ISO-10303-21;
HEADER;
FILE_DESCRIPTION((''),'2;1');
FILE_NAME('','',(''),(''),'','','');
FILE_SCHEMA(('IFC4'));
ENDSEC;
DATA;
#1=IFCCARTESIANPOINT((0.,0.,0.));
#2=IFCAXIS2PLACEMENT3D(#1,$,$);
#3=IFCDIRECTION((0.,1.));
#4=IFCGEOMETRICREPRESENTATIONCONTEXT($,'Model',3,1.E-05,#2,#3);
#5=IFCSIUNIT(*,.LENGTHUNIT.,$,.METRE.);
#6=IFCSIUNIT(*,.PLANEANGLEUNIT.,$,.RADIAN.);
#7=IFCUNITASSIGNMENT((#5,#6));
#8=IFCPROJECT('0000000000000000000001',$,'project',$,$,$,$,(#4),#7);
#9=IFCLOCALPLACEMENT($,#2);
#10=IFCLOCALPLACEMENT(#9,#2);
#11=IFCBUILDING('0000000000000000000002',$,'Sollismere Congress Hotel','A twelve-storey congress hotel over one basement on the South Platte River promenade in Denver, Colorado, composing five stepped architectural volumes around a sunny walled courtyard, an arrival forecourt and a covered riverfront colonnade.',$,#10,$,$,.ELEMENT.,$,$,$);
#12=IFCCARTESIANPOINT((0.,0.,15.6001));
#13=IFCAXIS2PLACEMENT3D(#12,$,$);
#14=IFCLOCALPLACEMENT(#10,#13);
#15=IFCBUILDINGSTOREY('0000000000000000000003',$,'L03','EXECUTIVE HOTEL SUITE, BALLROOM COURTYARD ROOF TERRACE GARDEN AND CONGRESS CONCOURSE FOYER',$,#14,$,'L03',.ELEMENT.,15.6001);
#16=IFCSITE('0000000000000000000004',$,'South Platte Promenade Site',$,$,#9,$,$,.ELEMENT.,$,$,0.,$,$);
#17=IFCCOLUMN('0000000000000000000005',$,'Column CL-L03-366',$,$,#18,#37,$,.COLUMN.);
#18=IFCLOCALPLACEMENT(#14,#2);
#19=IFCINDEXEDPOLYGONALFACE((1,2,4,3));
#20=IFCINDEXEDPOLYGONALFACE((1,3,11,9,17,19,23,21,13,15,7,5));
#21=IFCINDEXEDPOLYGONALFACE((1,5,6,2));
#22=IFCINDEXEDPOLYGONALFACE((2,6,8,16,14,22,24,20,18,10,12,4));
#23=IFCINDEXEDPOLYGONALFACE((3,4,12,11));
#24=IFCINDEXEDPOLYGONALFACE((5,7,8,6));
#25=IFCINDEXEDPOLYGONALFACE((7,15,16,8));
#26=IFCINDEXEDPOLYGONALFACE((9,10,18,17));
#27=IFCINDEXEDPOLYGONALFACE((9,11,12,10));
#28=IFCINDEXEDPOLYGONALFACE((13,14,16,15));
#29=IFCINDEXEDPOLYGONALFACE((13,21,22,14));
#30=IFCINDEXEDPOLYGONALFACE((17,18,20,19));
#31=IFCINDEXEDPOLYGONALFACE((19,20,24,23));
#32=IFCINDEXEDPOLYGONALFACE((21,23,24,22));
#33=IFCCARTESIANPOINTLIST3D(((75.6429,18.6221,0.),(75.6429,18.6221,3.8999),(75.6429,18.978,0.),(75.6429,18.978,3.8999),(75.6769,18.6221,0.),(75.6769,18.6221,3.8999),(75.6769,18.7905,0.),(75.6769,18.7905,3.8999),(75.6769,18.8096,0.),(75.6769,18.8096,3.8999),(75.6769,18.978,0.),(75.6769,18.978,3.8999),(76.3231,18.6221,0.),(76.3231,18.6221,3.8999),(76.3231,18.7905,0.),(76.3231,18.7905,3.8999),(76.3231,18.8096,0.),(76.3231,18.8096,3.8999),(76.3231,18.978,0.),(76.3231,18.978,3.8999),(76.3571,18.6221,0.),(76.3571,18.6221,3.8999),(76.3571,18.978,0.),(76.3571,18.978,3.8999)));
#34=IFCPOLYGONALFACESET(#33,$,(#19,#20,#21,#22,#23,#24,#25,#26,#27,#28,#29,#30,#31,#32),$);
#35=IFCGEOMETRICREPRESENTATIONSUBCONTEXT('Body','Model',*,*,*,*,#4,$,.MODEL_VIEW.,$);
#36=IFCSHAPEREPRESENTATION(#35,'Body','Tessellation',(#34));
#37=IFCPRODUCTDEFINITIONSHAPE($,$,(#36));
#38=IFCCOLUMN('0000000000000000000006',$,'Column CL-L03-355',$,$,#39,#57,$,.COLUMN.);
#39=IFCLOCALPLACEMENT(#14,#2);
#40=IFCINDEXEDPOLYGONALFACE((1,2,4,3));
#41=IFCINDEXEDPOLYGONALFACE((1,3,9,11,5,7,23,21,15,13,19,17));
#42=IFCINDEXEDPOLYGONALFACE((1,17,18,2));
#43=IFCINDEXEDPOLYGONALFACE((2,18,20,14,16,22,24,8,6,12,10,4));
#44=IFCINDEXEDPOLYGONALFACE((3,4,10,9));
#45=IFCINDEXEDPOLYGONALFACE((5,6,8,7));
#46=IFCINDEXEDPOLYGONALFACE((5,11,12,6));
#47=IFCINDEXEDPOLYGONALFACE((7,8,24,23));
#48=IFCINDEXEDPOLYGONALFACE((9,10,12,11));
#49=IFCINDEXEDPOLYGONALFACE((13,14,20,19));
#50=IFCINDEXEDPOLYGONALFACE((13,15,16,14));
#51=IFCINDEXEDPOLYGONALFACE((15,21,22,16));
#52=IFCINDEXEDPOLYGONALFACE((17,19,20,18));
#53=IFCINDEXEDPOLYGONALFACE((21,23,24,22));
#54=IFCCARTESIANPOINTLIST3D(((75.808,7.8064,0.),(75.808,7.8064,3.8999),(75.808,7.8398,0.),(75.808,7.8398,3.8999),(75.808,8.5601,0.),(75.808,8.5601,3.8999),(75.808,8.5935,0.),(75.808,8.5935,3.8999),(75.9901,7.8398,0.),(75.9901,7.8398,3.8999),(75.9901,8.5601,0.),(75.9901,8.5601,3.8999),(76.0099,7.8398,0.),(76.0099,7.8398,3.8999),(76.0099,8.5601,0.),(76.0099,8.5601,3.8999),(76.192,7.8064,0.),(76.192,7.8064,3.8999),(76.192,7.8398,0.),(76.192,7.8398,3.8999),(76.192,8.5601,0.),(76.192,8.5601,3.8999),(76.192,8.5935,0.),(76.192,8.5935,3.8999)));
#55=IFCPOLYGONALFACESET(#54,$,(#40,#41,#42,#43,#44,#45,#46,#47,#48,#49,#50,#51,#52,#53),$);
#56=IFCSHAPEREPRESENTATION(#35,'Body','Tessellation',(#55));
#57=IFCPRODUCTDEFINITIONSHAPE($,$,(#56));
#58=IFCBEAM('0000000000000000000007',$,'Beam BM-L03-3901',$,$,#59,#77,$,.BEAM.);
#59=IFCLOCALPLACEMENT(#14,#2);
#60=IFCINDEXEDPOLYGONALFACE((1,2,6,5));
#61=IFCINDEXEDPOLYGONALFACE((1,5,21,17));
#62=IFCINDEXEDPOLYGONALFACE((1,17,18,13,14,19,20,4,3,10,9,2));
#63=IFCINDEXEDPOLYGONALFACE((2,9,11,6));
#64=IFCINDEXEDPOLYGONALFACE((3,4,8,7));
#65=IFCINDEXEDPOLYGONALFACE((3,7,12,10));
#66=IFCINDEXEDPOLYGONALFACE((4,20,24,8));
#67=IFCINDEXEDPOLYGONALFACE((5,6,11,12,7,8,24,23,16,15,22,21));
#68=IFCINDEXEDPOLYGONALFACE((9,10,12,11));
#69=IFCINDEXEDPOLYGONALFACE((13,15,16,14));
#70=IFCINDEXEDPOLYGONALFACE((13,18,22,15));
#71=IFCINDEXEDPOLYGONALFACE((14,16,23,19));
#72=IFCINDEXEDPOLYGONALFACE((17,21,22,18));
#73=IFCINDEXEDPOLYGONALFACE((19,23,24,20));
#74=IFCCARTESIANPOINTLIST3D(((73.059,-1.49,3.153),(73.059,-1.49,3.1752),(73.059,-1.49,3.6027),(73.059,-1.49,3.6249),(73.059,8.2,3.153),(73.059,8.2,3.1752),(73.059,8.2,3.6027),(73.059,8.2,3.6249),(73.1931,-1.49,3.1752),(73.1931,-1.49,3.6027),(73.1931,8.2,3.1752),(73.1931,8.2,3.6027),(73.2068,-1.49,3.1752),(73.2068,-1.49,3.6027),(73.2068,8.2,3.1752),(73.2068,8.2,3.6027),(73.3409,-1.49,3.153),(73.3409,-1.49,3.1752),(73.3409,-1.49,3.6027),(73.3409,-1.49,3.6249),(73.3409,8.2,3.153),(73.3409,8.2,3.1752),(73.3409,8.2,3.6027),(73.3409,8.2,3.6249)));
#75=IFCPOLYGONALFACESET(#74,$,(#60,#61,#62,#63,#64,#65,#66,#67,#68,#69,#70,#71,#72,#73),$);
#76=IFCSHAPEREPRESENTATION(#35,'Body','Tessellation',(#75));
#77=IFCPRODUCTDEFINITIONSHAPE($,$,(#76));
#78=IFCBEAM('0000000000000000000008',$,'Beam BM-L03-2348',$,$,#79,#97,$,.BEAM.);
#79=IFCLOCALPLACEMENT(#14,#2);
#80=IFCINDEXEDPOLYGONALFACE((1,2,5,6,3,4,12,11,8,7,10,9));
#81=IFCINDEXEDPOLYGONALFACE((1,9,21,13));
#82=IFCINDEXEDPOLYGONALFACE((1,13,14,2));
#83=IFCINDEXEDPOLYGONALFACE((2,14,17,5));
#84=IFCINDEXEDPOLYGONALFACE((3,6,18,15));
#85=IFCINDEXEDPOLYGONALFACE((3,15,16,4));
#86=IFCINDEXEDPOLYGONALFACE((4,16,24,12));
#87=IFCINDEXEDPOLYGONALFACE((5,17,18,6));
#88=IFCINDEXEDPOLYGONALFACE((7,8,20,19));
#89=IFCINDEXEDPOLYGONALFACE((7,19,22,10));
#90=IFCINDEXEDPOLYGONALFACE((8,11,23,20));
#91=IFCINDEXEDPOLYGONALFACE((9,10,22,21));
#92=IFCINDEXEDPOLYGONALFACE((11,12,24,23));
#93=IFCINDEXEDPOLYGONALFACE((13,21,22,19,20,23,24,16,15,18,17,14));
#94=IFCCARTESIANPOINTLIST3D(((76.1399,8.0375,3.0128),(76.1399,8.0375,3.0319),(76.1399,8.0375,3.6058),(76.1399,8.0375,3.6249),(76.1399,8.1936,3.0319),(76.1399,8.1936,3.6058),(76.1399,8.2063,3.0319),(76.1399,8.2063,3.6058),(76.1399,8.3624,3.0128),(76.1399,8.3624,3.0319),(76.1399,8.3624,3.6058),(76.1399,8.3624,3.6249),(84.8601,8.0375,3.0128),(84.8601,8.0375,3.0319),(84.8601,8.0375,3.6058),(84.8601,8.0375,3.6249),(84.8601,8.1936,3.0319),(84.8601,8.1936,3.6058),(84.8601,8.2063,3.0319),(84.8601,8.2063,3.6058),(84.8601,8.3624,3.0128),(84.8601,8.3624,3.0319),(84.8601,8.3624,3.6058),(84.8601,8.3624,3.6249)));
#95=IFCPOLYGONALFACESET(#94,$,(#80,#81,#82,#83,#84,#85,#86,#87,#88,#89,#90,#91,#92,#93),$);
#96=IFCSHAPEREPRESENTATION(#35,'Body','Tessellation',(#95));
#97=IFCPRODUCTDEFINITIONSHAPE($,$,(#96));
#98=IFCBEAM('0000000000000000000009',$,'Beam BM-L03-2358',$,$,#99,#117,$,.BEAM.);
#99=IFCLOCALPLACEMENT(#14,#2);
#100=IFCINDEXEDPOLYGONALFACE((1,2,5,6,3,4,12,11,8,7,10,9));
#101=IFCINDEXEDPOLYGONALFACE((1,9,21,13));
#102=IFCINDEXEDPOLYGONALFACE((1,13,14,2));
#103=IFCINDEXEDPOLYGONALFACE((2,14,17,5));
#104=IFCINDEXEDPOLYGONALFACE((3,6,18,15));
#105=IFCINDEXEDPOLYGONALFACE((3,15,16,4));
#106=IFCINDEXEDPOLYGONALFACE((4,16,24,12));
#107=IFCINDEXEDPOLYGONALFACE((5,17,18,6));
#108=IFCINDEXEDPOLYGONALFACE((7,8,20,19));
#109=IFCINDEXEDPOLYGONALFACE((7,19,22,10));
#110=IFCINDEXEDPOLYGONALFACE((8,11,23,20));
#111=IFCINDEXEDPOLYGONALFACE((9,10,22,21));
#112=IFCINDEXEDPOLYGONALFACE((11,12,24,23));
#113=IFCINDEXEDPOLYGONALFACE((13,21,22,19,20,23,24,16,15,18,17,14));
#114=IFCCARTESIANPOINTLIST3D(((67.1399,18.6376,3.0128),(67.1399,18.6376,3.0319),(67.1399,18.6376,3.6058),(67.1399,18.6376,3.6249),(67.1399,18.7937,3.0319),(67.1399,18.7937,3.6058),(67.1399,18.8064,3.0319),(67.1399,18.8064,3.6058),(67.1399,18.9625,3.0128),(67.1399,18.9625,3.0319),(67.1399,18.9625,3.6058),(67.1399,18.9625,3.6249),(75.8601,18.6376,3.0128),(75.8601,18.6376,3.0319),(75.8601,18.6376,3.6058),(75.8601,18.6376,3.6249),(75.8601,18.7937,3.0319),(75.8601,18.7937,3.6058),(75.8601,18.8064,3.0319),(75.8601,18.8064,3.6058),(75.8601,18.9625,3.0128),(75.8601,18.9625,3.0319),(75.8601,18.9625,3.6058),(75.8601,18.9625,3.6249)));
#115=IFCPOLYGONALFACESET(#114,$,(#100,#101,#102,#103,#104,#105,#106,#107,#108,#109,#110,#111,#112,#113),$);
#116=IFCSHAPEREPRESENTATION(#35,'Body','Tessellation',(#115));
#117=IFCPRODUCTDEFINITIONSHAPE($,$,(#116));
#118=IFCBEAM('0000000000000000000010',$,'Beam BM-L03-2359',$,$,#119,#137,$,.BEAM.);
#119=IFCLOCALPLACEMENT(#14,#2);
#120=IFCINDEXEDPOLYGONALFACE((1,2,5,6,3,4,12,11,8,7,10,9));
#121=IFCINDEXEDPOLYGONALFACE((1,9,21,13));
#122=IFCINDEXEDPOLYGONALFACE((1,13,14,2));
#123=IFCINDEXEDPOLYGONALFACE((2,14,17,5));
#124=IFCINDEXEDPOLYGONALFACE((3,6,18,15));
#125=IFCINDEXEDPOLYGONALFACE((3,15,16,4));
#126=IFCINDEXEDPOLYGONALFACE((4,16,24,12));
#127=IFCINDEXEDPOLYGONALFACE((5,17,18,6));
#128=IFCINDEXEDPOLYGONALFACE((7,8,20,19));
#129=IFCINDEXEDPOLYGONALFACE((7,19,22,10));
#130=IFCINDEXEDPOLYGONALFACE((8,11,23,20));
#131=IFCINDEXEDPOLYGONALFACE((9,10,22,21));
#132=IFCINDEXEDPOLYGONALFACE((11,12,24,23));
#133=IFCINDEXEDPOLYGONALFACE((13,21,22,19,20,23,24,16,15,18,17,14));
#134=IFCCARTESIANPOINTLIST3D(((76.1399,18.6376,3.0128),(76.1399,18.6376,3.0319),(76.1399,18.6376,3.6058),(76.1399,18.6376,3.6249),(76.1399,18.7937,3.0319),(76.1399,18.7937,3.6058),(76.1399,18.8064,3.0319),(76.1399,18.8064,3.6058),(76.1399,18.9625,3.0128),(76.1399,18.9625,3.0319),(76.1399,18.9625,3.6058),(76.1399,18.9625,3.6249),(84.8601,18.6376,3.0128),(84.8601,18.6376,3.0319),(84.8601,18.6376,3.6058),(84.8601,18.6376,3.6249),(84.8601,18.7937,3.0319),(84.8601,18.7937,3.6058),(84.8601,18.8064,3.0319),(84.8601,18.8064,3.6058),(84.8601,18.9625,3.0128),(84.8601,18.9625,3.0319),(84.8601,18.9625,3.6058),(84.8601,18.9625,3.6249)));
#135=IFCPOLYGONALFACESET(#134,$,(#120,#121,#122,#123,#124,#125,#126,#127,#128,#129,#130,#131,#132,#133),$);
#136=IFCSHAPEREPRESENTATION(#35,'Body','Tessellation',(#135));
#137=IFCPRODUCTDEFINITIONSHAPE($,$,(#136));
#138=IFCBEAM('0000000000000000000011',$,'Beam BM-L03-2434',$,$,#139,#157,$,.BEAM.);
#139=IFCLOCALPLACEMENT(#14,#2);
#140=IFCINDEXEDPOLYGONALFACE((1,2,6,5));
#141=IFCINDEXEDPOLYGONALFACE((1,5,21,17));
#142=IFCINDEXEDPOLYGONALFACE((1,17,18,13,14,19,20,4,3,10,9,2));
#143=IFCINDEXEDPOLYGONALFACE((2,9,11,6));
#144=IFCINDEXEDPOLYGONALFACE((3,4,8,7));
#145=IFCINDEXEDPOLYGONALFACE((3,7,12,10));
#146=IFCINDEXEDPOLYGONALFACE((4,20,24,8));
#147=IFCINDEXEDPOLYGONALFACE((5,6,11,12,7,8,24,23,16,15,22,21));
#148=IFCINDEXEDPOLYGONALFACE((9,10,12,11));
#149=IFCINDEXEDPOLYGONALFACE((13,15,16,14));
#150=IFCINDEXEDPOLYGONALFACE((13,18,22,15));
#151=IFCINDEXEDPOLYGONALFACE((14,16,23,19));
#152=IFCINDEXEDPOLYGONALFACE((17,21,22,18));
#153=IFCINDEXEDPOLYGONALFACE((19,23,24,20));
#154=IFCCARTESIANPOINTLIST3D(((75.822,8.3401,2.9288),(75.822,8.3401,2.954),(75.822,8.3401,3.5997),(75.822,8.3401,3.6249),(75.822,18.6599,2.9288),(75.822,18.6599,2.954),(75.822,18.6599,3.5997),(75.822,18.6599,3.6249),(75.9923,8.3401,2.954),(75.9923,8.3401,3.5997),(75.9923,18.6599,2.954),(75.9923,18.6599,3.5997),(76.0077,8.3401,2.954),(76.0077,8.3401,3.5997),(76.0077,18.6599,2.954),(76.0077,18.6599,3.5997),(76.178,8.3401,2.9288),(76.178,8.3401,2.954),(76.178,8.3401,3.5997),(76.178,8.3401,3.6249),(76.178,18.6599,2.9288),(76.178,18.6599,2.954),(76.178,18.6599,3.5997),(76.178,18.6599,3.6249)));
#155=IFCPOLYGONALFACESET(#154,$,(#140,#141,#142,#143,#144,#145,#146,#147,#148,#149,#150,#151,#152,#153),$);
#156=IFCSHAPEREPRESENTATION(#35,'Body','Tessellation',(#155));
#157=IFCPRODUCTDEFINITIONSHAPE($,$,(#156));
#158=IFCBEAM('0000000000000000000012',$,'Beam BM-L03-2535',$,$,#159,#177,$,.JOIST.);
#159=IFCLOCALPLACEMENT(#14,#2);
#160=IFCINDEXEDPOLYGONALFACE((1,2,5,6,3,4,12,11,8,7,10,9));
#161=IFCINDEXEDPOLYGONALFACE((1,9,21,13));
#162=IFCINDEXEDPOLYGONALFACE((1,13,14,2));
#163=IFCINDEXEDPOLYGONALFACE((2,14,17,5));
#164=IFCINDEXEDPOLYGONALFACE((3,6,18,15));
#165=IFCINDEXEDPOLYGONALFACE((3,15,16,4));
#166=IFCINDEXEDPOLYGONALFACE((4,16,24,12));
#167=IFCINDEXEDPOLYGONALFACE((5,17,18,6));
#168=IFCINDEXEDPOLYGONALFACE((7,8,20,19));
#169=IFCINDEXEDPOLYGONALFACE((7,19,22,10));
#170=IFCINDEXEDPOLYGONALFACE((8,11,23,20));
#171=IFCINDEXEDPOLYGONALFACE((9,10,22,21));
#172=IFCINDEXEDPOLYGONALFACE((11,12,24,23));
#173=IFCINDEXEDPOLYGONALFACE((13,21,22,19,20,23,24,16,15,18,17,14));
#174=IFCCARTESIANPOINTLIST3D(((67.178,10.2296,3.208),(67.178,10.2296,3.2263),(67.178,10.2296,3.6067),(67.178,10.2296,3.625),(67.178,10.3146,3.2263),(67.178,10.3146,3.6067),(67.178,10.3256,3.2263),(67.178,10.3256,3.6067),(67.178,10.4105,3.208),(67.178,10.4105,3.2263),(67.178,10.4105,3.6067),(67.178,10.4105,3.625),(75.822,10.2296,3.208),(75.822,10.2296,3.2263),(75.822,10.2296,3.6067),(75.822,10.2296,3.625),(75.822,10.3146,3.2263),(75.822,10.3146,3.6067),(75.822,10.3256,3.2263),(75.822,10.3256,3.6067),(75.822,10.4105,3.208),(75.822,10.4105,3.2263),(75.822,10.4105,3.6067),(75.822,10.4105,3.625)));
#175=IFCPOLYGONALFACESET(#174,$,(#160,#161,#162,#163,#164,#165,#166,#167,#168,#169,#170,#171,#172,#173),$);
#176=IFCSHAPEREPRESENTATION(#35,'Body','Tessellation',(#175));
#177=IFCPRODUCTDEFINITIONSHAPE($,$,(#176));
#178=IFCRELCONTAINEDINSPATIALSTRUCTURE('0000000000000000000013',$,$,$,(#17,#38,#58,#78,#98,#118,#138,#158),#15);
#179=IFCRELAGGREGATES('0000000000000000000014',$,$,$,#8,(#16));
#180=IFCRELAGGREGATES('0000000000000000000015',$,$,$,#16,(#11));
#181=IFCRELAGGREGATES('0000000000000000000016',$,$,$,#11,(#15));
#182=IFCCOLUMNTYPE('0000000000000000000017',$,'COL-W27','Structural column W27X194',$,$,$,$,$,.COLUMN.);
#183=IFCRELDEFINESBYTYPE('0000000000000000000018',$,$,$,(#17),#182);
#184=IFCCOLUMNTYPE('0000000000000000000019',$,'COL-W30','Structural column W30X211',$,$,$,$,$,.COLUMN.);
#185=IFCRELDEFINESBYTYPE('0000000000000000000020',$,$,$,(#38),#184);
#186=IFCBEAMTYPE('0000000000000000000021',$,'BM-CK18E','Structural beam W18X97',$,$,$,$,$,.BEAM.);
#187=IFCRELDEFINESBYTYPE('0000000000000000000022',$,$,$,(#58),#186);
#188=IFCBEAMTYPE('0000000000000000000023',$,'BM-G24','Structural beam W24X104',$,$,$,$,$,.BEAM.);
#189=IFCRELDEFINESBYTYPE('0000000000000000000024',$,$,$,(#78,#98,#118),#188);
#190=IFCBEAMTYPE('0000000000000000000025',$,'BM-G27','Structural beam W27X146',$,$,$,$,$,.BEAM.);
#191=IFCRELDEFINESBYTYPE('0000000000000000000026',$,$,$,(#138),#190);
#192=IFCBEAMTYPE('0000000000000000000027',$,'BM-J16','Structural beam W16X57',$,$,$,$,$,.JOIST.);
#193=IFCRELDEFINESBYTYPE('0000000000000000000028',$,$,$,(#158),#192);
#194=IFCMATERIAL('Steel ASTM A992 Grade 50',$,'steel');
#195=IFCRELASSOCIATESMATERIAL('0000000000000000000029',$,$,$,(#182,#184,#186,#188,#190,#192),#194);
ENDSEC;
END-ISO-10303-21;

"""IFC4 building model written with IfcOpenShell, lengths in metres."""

from ifc_helpers import new_model, si_unit, direction, frame, origin, origin_2d, place, context, subcontext, project, spatial, i_section, extrude, material, material_profile, profile_set, type_object, element, save


model = new_model("IFC4")

# Units and contexts
model_context = context("Model", 3, precision=1e-05, world=origin(), true_north=direction((0.0, 1.0)))
body_context = subcontext(model_context, "Body", "Model", "MODEL_VIEW")
ifc_project = project(units=[si_unit("LENGTHUNIT", "METRE"), si_unit("PLANEANGLEUNIT", "RADIAN")], contexts=[model_context])

# Site, building, storey
site_placement = place(None, origin())
site = spatial("IfcSite", under=ifc_project, at=site_placement, Name="South Platte Promenade Site", CompositionType="ELEMENT", RefElevation=0.0)
building_placement = place(site_placement, origin())
building = spatial("IfcBuilding", under=site, at=building_placement, Name="Sollismere Congress Hotel", Description="A twelve-storey congress hotel over one basement on the South Platte River promenade in Denver, Colorado, composing five stepped architectural volumes around a sunny walled courtyard, an arrival forecourt and a covered riverfront colonnade.", CompositionType="ELEMENT")
storey_placement = place(building_placement, frame((0.0, 0.0, 15.6001)))
storey = spatial("IfcBuildingStorey", under=building, at=storey_placement, Name="L03", Description="EXECUTIVE HOTEL SUITE, BALLROOM COURTYARD ROOF TERRACE GARDEN AND CONGRESS CONCOURSE FOYER", LongName="L03", CompositionType="ELEMENT", Elevation=15.6001)

# Columns
ifc_material_1 = material(Name="Steel ASTM A992 Grade 50", Category="steel")
ifc_material_profile_1 = material_profile(ifc_material_1, i_section(OverallWidth=0.356, OverallDepth=0.7141, WebThickness=0.019, FlangeThickness=0.0339, at=origin_2d()), Name="W27X194")
ifc_profile_set_1 = profile_set([ifc_material_profile_1], Name="Steel ASTM A992 Grade 50")
column_type_1 = type_object("IfcColumnType", Name="COL-W27", Description="Structural column W27X194", PredefinedType="COLUMN", material=ifc_profile_set_1)
column_1_placement = place(storey_placement, frame((76.0, 18.8, 0.0), z_axis=(0.0, 0.0, 1.0), x_axis=(0.0, 1.0, 0.0)))
element("IfcColumn", 1, at=column_1_placement, inside=storey, type_object=column_type_1, Name="Column CL-L03-366", PredefinedType="COLUMN", context=body_context, shape_type="SweptSolid", body=[
    extrude(i_section(OverallWidth=0.356, OverallDepth=0.7141, WebThickness=0.019, FlangeThickness=0.0339, at=origin_2d()), origin(), (0.0, 0.0, 1.0), 3.8999),
])
ifc_material_profile_2 = material_profile(ifc_material_1, i_section(OverallWidth=0.384, OverallDepth=0.7871, WebThickness=0.0198, FlangeThickness=0.0334, at=origin_2d()), Name="W30X211")
ifc_profile_set_2 = profile_set([ifc_material_profile_2], Name="Steel ASTM A992 Grade 50")
column_type_2 = type_object("IfcColumnType", Name="COL-W30", Description="Structural column W30X211", PredefinedType="COLUMN", material=ifc_profile_set_2)
column_2_placement = place(storey_placement, frame((76.0, 8.2, 0.0), z_axis=(0.0, 0.0, 1.0), x_axis=(1.0, 0.0, 0.0)))
element("IfcColumn", 2, at=column_2_placement, inside=storey, type_object=column_type_2, Name="Column CL-L03-355", PredefinedType="COLUMN", context=body_context, shape_type="SweptSolid", body=[
    extrude(i_section(OverallWidth=0.384, OverallDepth=0.7871, WebThickness=0.0198, FlangeThickness=0.0334, at=origin_2d()), origin(), (0.0, 0.0, 1.0), 3.8999),
])

# Beams
ifc_material_profile_3 = material_profile(ifc_material_1, i_section(OverallWidth=0.282, OverallDepth=0.4719, WebThickness=0.0137, FlangeThickness=0.0222, at=origin_2d()), Name="W18X97")
ifc_profile_set_3 = profile_set([ifc_material_profile_3], Name="Steel ASTM A992 Grade 50")
beam_type_1 = type_object("IfcBeamType", Name="BM-CK18E", Description="Structural beam W18X97", PredefinedType="BEAM", material=ifc_profile_set_3)
beam_1_placement = place(storey_placement, frame((73.2, 8.2, 3.3889), z_axis=(0.0, -1.0, 0.0), x_axis=(1.0, 0.0, 0.0)))
element("IfcBeam", 3, at=beam_1_placement, inside=storey, type_object=beam_type_1, Name="Beam BM-L03-3901", PredefinedType="BEAM", context=body_context, shape_type="SweptSolid", body=[
    extrude(i_section(OverallWidth=0.282, OverallDepth=0.4719, WebThickness=0.0137, FlangeThickness=0.0222, at=origin_2d()), origin(), (0.0, 0.0, 1.0), 9.6899),
])
ifc_material_profile_4 = material_profile(ifc_material_1, i_section(OverallWidth=0.325, OverallDepth=0.6121, WebThickness=0.0127, FlangeThickness=0.019, at=origin_2d()), Name="W24X104")
ifc_profile_set_4 = profile_set([ifc_material_profile_4], Name="Steel ASTM A992 Grade 50")
beam_type_2 = type_object("IfcBeamType", Name="BM-G24", Description="Structural beam W24X104", PredefinedType="BEAM", material=ifc_profile_set_4)
for number, where, z_axis, x_axis, name in (
    (4, (76.1399, 8.2, 3.3188), (1.0, 0.0, 0.0), (0.0, 1.0, 0.0), "Beam BM-L03-2348"),
    (5, (67.1399, 18.8, 3.3188), (1.0, 0.0, 0.0), (0.0, 1.0, 0.0), "Beam BM-L03-2358"),
    (6, (76.1399, 18.8, 3.3188), (1.0, 0.0, 0.0), (0.0, 1.0, 0.0), "Beam BM-L03-2359"),
):
    element("IfcBeam", number, at=place(storey_placement, frame(where, z_axis=z_axis, x_axis=x_axis)), inside=storey, type_object=beam_type_2, Name=name, PredefinedType="BEAM", context=body_context, shape_type="SweptSolid", body=[
        extrude(i_section(OverallWidth=0.325, OverallDepth=0.6121, WebThickness=0.0127, FlangeThickness=0.019, at=origin_2d()), origin(), (0.0, 0.0, 1.0), 8.7202),
    ])
ifc_material_profile_5 = material_profile(ifc_material_1, i_section(OverallWidth=0.356, OverallDepth=0.696, WebThickness=0.0154, FlangeThickness=0.0251, at=origin_2d()), Name="W27X146")
ifc_profile_set_5 = profile_set([ifc_material_profile_5], Name="Steel ASTM A992 Grade 50")
beam_type_3 = type_object("IfcBeamType", Name="BM-G27", Description="Structural beam W27X146", PredefinedType="BEAM", material=ifc_profile_set_5)
beam_2_placement = place(storey_placement, frame((76.0, 8.3401, 3.2769), z_axis=(0.0, 1.0, 0.0), x_axis=(-1.0, 0.0, 0.0)))
element("IfcBeam", 7, at=beam_2_placement, inside=storey, type_object=beam_type_3, Name="Beam BM-L03-2434", PredefinedType="BEAM", context=body_context, shape_type="SweptSolid", body=[
    extrude(i_section(OverallWidth=0.356, OverallDepth=0.696, WebThickness=0.0154, FlangeThickness=0.0251, at=origin_2d()), origin(), (0.0, 0.0, 1.0), 10.3198),
])
ifc_material_profile_6 = material_profile(ifc_material_1, i_section(OverallWidth=0.1809, OverallDepth=0.417, WebThickness=0.011, FlangeThickness=0.0183, at=origin_2d()), Name="W16X57")
ifc_profile_set_6 = profile_set([ifc_material_profile_6], Name="Steel ASTM A992 Grade 50")
beam_type_4 = type_object("IfcBeamType", Name="BM-J16", Description="Structural beam W16X57", PredefinedType="JOIST", material=ifc_profile_set_6)
for number, where, z_axis, x_axis, name in (
    (8, (67.178, 10.3201, 3.4165), (1.0, 0.0, 0.0), (0.0, 1.0, 0.0), "Beam BM-L03-2535"),
):
    element("IfcBeam", number, at=place(storey_placement, frame(where, z_axis=z_axis, x_axis=x_axis)), inside=storey, type_object=beam_type_4, Name=name, PredefinedType="JOIST", context=body_context, shape_type="SweptSolid", body=[
        extrude(i_section(OverallWidth=0.1809, OverallDepth=0.417, WebThickness=0.011, FlangeThickness=0.0183, at=origin_2d()), origin(), (0.0, 0.0, 1.0), 8.644),
    ])

save(model, "model.ifc")
